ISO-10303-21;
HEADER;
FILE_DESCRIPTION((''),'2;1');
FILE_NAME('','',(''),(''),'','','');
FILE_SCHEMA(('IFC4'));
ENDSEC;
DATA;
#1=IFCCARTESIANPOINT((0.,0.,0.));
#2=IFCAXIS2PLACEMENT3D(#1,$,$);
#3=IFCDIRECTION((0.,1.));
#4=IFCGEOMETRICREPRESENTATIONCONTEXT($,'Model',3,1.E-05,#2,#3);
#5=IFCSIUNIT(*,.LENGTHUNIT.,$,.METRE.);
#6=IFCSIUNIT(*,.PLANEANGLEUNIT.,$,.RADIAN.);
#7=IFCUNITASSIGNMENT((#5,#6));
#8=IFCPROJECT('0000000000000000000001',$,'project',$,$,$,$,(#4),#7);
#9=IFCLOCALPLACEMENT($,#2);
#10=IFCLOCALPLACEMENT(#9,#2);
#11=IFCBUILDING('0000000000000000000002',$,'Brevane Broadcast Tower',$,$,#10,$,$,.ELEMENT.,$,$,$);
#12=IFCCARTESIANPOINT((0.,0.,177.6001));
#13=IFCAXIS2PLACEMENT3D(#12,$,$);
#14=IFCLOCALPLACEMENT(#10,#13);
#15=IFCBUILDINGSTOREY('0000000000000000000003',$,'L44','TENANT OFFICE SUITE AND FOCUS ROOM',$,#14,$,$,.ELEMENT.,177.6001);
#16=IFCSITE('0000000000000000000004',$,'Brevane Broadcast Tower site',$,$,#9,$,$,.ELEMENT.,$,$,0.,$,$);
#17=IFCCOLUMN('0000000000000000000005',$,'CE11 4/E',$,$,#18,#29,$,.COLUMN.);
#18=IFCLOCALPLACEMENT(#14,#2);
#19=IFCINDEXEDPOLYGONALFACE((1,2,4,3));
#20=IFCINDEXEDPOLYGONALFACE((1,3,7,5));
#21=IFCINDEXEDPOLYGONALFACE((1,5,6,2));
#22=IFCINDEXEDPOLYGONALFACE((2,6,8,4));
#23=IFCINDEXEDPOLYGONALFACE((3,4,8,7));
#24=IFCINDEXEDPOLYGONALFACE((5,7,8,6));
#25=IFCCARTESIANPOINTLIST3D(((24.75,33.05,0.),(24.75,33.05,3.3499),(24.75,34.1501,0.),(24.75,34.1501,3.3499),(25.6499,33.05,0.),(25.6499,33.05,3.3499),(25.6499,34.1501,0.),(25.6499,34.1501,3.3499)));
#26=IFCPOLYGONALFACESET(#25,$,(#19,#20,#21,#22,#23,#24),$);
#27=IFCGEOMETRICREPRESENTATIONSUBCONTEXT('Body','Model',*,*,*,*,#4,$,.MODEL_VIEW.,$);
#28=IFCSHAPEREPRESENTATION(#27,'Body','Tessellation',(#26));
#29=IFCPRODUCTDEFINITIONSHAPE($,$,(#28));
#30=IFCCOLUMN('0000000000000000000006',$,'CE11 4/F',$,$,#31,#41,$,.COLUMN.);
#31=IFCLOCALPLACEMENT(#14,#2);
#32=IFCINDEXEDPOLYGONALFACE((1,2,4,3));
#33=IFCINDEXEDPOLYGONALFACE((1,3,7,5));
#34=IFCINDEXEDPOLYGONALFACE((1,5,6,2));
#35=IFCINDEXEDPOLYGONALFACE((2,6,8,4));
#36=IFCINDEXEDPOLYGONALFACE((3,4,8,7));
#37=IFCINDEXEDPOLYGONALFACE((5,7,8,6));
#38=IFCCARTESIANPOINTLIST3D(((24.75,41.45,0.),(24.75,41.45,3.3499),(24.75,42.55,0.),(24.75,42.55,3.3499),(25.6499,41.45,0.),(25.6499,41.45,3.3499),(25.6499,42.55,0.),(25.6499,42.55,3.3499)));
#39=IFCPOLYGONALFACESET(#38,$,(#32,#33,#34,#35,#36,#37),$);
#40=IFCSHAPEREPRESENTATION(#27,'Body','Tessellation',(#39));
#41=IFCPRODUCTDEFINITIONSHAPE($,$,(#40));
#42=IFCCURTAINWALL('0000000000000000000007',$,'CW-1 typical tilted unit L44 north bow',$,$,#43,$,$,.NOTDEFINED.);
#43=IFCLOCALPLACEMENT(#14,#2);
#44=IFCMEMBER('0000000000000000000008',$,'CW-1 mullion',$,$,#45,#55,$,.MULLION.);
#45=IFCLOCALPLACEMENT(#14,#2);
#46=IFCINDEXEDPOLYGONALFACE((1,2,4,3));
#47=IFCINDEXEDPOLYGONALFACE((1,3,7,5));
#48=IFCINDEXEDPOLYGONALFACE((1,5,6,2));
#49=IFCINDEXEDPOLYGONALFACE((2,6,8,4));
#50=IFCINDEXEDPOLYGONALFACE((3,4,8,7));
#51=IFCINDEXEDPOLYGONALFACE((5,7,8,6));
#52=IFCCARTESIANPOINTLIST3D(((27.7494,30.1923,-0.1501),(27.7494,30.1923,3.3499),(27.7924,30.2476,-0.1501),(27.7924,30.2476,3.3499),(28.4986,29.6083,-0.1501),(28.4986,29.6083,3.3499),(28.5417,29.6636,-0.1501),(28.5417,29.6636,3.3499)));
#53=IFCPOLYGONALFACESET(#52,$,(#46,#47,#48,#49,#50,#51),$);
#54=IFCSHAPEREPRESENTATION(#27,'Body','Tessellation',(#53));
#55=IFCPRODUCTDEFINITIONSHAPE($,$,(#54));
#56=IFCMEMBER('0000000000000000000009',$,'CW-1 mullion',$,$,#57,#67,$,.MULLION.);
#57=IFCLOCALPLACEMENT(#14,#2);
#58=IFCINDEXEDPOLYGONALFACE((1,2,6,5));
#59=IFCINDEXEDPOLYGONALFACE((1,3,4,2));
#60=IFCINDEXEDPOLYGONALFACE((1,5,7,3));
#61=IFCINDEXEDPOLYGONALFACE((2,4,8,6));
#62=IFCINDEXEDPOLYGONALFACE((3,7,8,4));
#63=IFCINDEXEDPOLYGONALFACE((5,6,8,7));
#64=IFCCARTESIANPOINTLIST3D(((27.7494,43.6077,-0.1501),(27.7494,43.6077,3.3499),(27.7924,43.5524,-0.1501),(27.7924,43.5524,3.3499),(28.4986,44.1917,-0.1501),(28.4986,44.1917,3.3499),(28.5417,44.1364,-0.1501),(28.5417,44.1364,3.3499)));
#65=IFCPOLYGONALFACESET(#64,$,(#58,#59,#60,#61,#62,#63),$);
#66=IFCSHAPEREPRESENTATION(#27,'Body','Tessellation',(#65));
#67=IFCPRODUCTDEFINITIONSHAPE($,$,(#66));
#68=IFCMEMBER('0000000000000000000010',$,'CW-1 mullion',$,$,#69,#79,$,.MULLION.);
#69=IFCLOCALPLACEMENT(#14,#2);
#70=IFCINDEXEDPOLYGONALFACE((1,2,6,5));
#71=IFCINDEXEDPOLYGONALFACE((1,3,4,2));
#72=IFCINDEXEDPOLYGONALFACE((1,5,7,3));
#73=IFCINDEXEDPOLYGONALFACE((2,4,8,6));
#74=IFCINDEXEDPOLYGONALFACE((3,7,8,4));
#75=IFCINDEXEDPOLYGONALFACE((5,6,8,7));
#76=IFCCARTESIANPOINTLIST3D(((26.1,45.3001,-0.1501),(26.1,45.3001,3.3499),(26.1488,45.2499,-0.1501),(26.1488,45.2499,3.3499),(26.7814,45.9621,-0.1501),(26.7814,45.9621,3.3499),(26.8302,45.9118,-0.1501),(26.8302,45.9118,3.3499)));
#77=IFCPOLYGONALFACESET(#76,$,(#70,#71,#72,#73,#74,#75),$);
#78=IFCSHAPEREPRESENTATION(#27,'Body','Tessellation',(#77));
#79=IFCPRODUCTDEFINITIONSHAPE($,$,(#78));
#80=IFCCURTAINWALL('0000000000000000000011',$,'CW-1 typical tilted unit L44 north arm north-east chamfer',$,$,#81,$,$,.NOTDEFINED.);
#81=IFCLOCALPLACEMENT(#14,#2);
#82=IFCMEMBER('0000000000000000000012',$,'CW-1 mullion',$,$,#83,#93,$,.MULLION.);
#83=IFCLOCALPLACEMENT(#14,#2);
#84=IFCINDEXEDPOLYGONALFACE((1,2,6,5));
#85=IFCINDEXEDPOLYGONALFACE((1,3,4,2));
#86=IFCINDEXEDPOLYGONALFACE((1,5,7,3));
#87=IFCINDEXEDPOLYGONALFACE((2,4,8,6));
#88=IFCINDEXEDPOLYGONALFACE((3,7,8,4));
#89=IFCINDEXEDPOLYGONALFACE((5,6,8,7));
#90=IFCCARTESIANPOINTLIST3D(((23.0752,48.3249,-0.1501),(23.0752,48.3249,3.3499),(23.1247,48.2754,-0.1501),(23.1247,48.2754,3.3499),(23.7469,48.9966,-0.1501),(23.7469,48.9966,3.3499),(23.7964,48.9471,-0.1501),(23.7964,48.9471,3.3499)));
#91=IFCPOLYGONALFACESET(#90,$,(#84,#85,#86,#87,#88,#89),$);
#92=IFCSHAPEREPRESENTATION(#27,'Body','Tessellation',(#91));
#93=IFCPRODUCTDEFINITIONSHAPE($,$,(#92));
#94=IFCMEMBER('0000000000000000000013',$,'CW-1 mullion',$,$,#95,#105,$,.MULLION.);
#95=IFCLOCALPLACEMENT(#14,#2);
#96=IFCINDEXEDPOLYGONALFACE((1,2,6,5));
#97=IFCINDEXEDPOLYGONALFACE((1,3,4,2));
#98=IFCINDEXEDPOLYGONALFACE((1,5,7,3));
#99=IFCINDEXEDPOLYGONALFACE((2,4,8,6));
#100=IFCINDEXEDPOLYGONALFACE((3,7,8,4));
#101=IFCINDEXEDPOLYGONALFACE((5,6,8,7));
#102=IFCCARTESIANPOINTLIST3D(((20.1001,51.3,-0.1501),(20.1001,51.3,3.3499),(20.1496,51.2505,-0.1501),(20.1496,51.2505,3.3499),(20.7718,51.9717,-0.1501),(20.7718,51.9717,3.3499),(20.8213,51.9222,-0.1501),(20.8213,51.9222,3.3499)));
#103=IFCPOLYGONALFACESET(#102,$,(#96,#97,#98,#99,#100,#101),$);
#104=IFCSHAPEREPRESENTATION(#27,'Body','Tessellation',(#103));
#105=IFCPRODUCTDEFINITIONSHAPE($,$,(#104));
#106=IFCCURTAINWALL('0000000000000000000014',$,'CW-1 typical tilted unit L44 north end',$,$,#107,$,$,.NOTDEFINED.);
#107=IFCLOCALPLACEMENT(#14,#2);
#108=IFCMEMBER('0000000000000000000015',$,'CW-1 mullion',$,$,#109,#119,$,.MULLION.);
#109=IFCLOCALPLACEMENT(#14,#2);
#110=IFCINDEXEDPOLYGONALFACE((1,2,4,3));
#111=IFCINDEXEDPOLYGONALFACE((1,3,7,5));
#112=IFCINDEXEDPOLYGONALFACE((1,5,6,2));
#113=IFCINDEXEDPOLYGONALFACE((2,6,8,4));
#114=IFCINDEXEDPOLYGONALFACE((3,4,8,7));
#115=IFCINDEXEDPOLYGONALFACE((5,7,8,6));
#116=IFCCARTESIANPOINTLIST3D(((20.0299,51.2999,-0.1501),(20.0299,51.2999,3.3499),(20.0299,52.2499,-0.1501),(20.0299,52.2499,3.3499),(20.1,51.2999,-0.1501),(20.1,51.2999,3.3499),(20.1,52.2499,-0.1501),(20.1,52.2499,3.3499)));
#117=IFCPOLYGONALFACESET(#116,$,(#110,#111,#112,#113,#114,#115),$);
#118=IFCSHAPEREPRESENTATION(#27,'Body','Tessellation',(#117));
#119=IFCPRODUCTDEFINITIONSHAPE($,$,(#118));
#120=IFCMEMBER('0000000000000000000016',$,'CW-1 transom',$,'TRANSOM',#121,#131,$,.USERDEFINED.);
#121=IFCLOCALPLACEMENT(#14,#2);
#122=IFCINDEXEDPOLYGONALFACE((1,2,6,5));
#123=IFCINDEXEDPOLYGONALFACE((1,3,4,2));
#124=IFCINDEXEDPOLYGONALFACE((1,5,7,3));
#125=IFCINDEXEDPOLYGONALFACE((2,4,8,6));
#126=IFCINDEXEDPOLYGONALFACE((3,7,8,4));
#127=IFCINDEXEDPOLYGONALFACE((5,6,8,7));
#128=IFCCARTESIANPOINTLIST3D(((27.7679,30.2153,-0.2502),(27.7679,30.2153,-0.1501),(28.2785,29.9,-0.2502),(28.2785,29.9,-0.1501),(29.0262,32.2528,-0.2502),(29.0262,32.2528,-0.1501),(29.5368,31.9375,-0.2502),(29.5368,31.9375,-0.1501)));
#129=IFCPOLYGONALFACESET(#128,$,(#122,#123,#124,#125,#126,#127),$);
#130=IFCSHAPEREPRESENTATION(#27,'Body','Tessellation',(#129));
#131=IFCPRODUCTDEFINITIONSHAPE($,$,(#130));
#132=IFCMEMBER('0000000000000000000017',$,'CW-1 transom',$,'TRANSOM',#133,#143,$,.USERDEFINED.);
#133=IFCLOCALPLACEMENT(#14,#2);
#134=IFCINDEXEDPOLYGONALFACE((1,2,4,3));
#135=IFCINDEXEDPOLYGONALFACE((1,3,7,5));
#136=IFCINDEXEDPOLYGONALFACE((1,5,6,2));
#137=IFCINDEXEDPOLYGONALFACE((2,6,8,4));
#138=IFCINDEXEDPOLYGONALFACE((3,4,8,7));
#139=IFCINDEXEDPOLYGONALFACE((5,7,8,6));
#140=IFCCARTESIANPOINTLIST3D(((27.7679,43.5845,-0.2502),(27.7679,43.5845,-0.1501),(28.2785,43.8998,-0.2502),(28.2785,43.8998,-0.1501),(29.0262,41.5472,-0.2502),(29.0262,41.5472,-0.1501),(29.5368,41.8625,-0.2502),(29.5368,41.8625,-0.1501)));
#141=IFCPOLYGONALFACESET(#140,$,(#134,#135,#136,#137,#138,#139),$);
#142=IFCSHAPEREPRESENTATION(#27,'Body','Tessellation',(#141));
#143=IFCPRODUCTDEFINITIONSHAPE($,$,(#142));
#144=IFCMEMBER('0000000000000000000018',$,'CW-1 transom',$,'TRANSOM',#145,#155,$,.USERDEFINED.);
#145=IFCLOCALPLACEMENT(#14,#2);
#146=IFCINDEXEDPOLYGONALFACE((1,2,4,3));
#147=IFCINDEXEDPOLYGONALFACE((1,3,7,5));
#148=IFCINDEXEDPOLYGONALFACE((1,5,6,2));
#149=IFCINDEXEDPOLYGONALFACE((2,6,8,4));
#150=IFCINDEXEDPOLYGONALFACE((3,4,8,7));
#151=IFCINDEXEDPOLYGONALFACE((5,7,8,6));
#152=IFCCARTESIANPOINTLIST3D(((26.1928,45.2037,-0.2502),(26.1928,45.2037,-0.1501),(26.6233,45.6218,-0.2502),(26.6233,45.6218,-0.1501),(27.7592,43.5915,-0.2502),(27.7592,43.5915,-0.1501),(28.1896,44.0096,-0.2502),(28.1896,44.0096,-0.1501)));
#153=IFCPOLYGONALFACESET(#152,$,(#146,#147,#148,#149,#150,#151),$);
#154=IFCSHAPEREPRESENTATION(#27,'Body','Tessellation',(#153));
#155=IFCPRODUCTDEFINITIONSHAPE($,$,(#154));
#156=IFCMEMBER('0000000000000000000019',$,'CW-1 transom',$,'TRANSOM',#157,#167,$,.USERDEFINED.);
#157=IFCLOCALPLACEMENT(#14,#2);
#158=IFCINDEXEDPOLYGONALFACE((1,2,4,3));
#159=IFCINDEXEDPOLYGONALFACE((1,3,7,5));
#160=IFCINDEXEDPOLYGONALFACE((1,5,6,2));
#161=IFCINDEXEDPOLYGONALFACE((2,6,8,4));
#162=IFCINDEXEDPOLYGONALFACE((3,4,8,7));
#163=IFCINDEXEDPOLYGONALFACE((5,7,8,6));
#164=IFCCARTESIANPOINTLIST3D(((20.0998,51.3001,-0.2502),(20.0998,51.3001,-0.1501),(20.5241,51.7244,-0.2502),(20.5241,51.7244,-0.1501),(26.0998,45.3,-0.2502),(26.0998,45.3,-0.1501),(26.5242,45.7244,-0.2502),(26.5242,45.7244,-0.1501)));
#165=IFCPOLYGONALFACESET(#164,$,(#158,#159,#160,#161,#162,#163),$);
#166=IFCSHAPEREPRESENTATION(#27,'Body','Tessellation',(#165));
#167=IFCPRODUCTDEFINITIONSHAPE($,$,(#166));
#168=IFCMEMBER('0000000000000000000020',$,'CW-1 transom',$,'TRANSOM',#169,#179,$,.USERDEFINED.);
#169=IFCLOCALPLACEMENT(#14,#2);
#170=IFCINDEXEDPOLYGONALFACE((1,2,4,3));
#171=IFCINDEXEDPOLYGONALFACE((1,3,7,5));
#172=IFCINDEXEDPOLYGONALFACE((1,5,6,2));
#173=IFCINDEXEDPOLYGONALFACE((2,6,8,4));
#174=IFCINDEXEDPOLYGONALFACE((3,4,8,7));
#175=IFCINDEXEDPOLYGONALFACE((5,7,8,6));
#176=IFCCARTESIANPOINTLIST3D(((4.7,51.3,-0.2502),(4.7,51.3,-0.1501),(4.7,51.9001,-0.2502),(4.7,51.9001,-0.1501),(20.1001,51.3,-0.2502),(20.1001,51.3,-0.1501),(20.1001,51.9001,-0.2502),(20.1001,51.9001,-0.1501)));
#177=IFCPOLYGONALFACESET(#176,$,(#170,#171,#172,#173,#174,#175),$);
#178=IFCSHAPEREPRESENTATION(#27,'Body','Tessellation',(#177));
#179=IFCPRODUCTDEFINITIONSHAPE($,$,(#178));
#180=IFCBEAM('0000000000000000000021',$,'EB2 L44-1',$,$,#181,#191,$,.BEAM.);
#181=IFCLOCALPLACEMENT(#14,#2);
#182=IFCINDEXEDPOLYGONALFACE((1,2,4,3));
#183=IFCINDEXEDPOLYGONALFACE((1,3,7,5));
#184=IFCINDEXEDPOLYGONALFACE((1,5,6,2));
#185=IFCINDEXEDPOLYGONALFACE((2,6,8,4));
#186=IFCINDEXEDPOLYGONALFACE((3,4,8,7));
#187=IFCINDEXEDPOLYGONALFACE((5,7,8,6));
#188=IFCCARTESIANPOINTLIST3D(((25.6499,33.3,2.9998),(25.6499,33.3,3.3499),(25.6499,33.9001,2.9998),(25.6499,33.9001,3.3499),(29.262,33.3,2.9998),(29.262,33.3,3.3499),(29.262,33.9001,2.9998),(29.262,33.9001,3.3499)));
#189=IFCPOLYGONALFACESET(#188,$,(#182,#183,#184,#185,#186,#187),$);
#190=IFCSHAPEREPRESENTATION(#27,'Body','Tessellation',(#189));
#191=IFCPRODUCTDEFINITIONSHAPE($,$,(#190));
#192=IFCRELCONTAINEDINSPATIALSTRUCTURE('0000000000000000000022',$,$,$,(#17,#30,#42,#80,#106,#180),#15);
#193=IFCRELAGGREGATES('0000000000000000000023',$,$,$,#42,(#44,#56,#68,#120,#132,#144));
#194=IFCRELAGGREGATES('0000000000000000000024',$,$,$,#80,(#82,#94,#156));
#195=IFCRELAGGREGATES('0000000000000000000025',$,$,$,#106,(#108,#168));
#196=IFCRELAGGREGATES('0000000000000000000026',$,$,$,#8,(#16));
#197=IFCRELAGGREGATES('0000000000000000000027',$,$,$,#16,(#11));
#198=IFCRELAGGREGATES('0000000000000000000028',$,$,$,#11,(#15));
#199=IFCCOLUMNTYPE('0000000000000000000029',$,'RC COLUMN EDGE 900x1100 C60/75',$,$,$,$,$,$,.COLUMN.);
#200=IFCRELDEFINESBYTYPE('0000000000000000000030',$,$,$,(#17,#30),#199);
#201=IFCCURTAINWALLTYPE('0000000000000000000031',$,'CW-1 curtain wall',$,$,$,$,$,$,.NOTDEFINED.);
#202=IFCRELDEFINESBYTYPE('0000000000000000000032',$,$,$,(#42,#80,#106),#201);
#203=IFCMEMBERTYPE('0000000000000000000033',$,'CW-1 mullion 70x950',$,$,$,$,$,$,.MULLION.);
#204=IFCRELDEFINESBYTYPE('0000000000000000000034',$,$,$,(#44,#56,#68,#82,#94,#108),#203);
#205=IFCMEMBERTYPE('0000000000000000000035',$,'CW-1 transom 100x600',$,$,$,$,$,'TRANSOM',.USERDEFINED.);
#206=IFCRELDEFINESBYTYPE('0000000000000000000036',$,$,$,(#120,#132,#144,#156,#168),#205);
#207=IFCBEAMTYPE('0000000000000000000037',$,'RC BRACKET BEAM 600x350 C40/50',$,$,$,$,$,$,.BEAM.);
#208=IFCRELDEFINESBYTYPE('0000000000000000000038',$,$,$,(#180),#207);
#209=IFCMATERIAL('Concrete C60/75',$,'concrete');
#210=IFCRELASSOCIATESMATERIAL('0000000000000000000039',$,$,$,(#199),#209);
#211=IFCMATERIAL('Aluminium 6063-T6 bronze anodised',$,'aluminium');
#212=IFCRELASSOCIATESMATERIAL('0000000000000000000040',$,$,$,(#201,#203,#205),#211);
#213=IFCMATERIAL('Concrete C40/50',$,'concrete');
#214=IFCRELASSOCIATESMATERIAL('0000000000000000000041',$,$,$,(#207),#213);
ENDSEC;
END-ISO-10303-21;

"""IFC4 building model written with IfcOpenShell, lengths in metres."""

from ifc_helpers import new_model, si_unit, direction, frame, origin, origin_2d, place, context, subcontext, project, spatial, rectangle, extrude, material, material_profile, profile_set, type_object, element, aggregate, save


model = new_model("IFC4")

# Units and contexts
model_context = context("Model", 3, precision=1e-05, world=origin(), true_north=direction((0.0, 1.0)))
body_context = subcontext(model_context, "Body", "Model", "MODEL_VIEW")
ifc_project = project(units=[si_unit("LENGTHUNIT", "METRE"), si_unit("PLANEANGLEUNIT", "RADIAN")], contexts=[model_context])

# Site, building, storey
site_placement = place(None, origin())
site = spatial("IfcSite", under=ifc_project, at=site_placement, Name="Brevane Broadcast Tower site", CompositionType="ELEMENT", RefElevation=0.0)
building_placement = place(site_placement, origin())
building = spatial("IfcBuilding", under=site, at=building_placement, Name="Brevane Broadcast Tower", CompositionType="ELEMENT")
storey_placement = place(building_placement, frame((0.0, 0.0, 177.6001)))
storey = spatial("IfcBuildingStorey", under=building, at=storey_placement, Name="L44", Description="TENANT OFFICE SUITE AND FOCUS ROOM", CompositionType="ELEMENT", Elevation=177.6001)

# Columns
ifc_material_1 = material(Name="Concrete C60/75", Category="concrete")
ifc_material_profile_1 = material_profile(ifc_material_1, rectangle(XDim=0.8999, YDim=1.1001, at=origin_2d()), Name="RC 900x1100")
ifc_profile_set_1 = profile_set([ifc_material_profile_1], Name="Concrete C60/75")
column_type = type_object("IfcColumnType", Name="RC COLUMN EDGE 900x1100 C60/75", PredefinedType="COLUMN", material=ifc_profile_set_1)
for number, where, z_axis, x_axis, name in (
    (1, (25.2, 33.6001, 0.0), (0.0, 0.0, 1.0), (1.0, 0.0, 0.0), "CE11 4/E"),
    (2, (25.2, 42.0, 0.0), (0.0, 0.0, 1.0), (1.0, 0.0, 0.0), "CE11 4/F"),
):
    element("IfcColumn", number, at=place(storey_placement, frame(where, z_axis=z_axis, x_axis=x_axis)), inside=storey, type_object=column_type, Name=name, PredefinedType="COLUMN", context=body_context, shape_type="SweptSolid", body=[
        extrude(rectangle(XDim=0.8999, YDim=1.1001, at=origin_2d()), origin(), (0.0, 0.0, 1.0), 3.3499),
    ])

# Curtain walls, members
ifc_material_2 = material(Name="Aluminium 6063-T6 bronze anodised", Category="aluminium")
curtain_wall_type = type_object("IfcCurtainWallType", Name="CW-1 curtain wall", PredefinedType="NOTDEFINED", material=ifc_material_2)
curtain_wall_1_placement = place(storey_placement, origin())
curtain_wall_1 = element("IfcCurtainWall", 3, at=curtain_wall_1_placement, inside=storey, type_object=curtain_wall_type, Name="CW-1 typical tilted unit L44 north bow", PredefinedType="NOTDEFINED")
ifc_material_profile_2 = material_profile(ifc_material_2, rectangle(XDim=0.95, YDim=0.0701, at=origin_2d()), Name="RECT 70x950")
ifc_profile_set_2 = profile_set([ifc_material_profile_2], Name="Aluminium 6063-T6 bronze anodised")
member_type_1 = type_object("IfcMemberType", Name="CW-1 mullion 70x950", PredefinedType="MULLION", material=ifc_profile_set_2)
member_1_placement = place(storey_placement, frame((28.1455, 29.928, -0.1501), z_axis=(0.0, 0.0, 1.0), x_axis=(-0.788707, 0.61477, 0.0)))
member_1 = element("IfcMember", 4, at=member_1_placement, type_object=member_type_1, Name="CW-1 mullion", PredefinedType="MULLION", context=body_context, shape_type="SweptSolid", body=[
    extrude(rectangle(XDim=0.95, YDim=0.0701, at=origin_2d()), origin(), (0.0, 0.0, 1.0), 3.5),
])
member_2_placement = place(storey_placement, frame((28.1455, 43.8721, -0.1501), z_axis=(0.0, 0.0, 1.0), x_axis=(-0.788707, -0.61477, 0.0)))
member_2 = element("IfcMember", 5, at=member_2_placement, type_object=member_type_1, Name="CW-1 mullion", PredefinedType="MULLION", context=body_context, shape_type="SweptSolid", body=[
    extrude(rectangle(XDim=0.95, YDim=0.0701, at=origin_2d()), origin(), (0.0, 0.0, 1.0), 3.5),
])
member_3_placement = place(storey_placement, frame((26.4651, 45.606, -0.1501), z_axis=(0.0, 0.0, 1.0), x_axis=(-0.717254, -0.696812, 0.0)))
member_3 = element("IfcMember", 6, at=member_3_placement, type_object=member_type_1, Name="CW-1 mullion", PredefinedType="MULLION", context=body_context, shape_type="SweptSolid", body=[
    extrude(rectangle(XDim=0.95, YDim=0.0701, at=origin_2d()), origin(), (0.0, 0.0, 1.0), 3.5),
])
curtain_wall_2_placement = place(storey_placement, origin())
curtain_wall_2 = element("IfcCurtainWall", 7, at=curtain_wall_2_placement, inside=storey, type_object=curtain_wall_type, Name="CW-1 typical tilted unit L44 north arm north-east chamfer", PredefinedType="NOTDEFINED")
member_4_placement = place(storey_placement, frame((23.4358, 48.636, -0.1501), z_axis=(0.0, 0.0, 1.0), x_axis=(-0.707107, -0.707107, 0.0)))
member_4 = element("IfcMember", 8, at=member_4_placement, type_object=member_type_1, Name="CW-1 mullion", PredefinedType="MULLION", context=body_context, shape_type="SweptSolid", body=[
    extrude(rectangle(XDim=0.95, YDim=0.0701, at=origin_2d()), origin(), (0.0, 0.0, 1.0), 3.5),
])
member_5_placement = place(storey_placement, frame((20.4607, 51.6111, -0.1501), z_axis=(0.0, 0.0, 1.0), x_axis=(-0.707107, -0.707107, 0.0)))
member_5 = element("IfcMember", 9, at=member_5_placement, type_object=member_type_1, Name="CW-1 mullion", PredefinedType="MULLION", context=body_context, shape_type="SweptSolid", body=[
    extrude(rectangle(XDim=0.95, YDim=0.0701, at=origin_2d()), origin(), (0.0, 0.0, 1.0), 3.5),
])

# Curtain wall, member
curtain_wall_3_placement = place(storey_placement, origin())
curtain_wall_3 = element("IfcCurtainWall", 10, at=curtain_wall_3_placement, inside=storey, type_object=curtain_wall_type, Name="CW-1 typical tilted unit L44 north end", PredefinedType="NOTDEFINED")
member_6_placement = place(storey_placement, frame((20.0649, 51.7749, -0.1501), z_axis=(0.0, 0.0, 1.0), x_axis=(0.0, -1.0, 0.0)))
member_6 = element("IfcMember", 11, at=member_6_placement, type_object=member_type_1, Name="CW-1 mullion", PredefinedType="MULLION", context=body_context, shape_type="SweptSolid", body=[
    extrude(rectangle(XDim=0.95, YDim=0.0701, at=origin_2d()), origin(), (0.0, 0.0, 1.0), 3.5),
])

# Members
ifc_material_profile_3 = material_profile(ifc_material_2, rectangle(XDim=0.6001, YDim=0.1001, at=origin_2d()), Name="RECT 100x600")
ifc_profile_set_3 = profile_set([ifc_material_profile_3], Name="Aluminium 6063-T6 bronze anodised")
member_type_2 = type_object("IfcMemberType", Name="CW-1 transom 100x600", ElementType="TRANSOM", PredefinedType="USERDEFINED", material=ifc_profile_set_3)
member_7_placement = place(storey_placement, frame((28.0232, 30.0576, -0.2002), z_axis=(0.525428, 0.850838, 0.0), x_axis=(-0.850838, 0.525428, 0.0)))
member_7 = element("IfcMember", 12, at=member_7_placement, type_object=member_type_2, Name="CW-1 transom", ObjectType="TRANSOM", PredefinedType="USERDEFINED", context=body_context, shape_type="SweptSolid", body=[
    extrude(rectangle(XDim=0.6001, YDim=0.1001, at=origin_2d()), origin(), (0.0, 0.0, 1.0), 2.3948),
])
member_8_placement = place(storey_placement, frame((29.2815, 41.7048, -0.2002), z_axis=(-0.525473, 0.85081, 0.0), x_axis=(-0.85081, -0.525473, 0.0)))
member_8 = element("IfcMember", 13, at=member_8_placement, type_object=member_type_2, Name="CW-1 transom", ObjectType="TRANSOM", PredefinedType="USERDEFINED", context=body_context, shape_type="SweptSolid", body=[
    extrude(rectangle(XDim=0.6001, YDim=0.1001, at=origin_2d()), origin(), (0.0, 0.0, 1.0), 2.3945),
])
member_9_placement = place(storey_placement, frame((27.9744, 43.8005, -0.2002), z_axis=(-0.696824, 0.717242, 0.0), x_axis=(-0.717242, -0.696824, 0.0)))
member_9 = element("IfcMember", 14, at=member_9_placement, type_object=member_type_2, Name="CW-1 transom", ObjectType="TRANSOM", PredefinedType="USERDEFINED", context=body_context, shape_type="SweptSolid", body=[
    extrude(rectangle(XDim=0.6001, YDim=0.1001, at=origin_2d()), origin(), (0.0, 0.0, 1.0), 2.2478),
])
aggregate(curtain_wall_1, [member_1, member_2, member_3, member_7, member_8, member_9])
member_10_placement = place(storey_placement, frame((26.312, 45.5122, -0.2002), z_axis=(-0.707107, 0.707107, 0.0), x_axis=(-0.707107, -0.707107, 0.0)))
member_10 = element("IfcMember", 15, at=member_10_placement, type_object=member_type_2, Name="CW-1 transom", ObjectType="TRANSOM", PredefinedType="USERDEFINED", context=body_context, shape_type="SweptSolid", body=[
    extrude(rectangle(XDim=0.6001, YDim=0.1001, at=origin_2d()), origin(), (0.0, 0.0, 1.0), 8.4854),
])
aggregate(curtain_wall_2, [member_4, member_5, member_10])
member_11_placement = place(storey_placement, frame((20.1001, 51.6001, -0.2002), z_axis=(-1.0, 0.0, 0.0), x_axis=(0.0, -1.0, 0.0)))
member_11 = element("IfcMember", 16, at=member_11_placement, type_object=member_type_2, Name="CW-1 transom", ObjectType="TRANSOM", PredefinedType="USERDEFINED", context=body_context, shape_type="SweptSolid", body=[
    extrude(rectangle(XDim=0.6001, YDim=0.1001, at=origin_2d()), origin(), (0.0, 0.0, 1.0), 15.4001),
])
aggregate(curtain_wall_3, [member_6, member_11])

# Beam
ifc_material_3 = material(Name="Concrete C40/50", Category="concrete")
ifc_material_profile_4 = material_profile(ifc_material_3, rectangle(XDim=0.6001, YDim=0.3501, at=origin_2d()), Name="RC 600x350")
ifc_profile_set_4 = profile_set([ifc_material_profile_4], Name="Concrete C40/50")
beam_type_1 = type_object("IfcBeamType", Name="RC BRACKET BEAM 600x350 C40/50", PredefinedType="BEAM", material=ifc_profile_set_4)
beam_1_placement = place(storey_placement, frame((25.6499, 33.6001, 3.1748), z_axis=(1.0, 0.0, 0.0), x_axis=(0.0, 1.0, 0.0)))
element("IfcBeam", 17, at=beam_1_placement, inside=storey, type_object=beam_type_1, Name="EB2 L44-1", PredefinedType="BEAM", context=body_context, shape_type="SweptSolid", body=[
    extrude(rectangle(XDim=0.6001, YDim=0.3501, at=origin_2d()), origin(), (0.0, 0.0, 1.0), 3.6121),
])

save(model, "model.ifc")
